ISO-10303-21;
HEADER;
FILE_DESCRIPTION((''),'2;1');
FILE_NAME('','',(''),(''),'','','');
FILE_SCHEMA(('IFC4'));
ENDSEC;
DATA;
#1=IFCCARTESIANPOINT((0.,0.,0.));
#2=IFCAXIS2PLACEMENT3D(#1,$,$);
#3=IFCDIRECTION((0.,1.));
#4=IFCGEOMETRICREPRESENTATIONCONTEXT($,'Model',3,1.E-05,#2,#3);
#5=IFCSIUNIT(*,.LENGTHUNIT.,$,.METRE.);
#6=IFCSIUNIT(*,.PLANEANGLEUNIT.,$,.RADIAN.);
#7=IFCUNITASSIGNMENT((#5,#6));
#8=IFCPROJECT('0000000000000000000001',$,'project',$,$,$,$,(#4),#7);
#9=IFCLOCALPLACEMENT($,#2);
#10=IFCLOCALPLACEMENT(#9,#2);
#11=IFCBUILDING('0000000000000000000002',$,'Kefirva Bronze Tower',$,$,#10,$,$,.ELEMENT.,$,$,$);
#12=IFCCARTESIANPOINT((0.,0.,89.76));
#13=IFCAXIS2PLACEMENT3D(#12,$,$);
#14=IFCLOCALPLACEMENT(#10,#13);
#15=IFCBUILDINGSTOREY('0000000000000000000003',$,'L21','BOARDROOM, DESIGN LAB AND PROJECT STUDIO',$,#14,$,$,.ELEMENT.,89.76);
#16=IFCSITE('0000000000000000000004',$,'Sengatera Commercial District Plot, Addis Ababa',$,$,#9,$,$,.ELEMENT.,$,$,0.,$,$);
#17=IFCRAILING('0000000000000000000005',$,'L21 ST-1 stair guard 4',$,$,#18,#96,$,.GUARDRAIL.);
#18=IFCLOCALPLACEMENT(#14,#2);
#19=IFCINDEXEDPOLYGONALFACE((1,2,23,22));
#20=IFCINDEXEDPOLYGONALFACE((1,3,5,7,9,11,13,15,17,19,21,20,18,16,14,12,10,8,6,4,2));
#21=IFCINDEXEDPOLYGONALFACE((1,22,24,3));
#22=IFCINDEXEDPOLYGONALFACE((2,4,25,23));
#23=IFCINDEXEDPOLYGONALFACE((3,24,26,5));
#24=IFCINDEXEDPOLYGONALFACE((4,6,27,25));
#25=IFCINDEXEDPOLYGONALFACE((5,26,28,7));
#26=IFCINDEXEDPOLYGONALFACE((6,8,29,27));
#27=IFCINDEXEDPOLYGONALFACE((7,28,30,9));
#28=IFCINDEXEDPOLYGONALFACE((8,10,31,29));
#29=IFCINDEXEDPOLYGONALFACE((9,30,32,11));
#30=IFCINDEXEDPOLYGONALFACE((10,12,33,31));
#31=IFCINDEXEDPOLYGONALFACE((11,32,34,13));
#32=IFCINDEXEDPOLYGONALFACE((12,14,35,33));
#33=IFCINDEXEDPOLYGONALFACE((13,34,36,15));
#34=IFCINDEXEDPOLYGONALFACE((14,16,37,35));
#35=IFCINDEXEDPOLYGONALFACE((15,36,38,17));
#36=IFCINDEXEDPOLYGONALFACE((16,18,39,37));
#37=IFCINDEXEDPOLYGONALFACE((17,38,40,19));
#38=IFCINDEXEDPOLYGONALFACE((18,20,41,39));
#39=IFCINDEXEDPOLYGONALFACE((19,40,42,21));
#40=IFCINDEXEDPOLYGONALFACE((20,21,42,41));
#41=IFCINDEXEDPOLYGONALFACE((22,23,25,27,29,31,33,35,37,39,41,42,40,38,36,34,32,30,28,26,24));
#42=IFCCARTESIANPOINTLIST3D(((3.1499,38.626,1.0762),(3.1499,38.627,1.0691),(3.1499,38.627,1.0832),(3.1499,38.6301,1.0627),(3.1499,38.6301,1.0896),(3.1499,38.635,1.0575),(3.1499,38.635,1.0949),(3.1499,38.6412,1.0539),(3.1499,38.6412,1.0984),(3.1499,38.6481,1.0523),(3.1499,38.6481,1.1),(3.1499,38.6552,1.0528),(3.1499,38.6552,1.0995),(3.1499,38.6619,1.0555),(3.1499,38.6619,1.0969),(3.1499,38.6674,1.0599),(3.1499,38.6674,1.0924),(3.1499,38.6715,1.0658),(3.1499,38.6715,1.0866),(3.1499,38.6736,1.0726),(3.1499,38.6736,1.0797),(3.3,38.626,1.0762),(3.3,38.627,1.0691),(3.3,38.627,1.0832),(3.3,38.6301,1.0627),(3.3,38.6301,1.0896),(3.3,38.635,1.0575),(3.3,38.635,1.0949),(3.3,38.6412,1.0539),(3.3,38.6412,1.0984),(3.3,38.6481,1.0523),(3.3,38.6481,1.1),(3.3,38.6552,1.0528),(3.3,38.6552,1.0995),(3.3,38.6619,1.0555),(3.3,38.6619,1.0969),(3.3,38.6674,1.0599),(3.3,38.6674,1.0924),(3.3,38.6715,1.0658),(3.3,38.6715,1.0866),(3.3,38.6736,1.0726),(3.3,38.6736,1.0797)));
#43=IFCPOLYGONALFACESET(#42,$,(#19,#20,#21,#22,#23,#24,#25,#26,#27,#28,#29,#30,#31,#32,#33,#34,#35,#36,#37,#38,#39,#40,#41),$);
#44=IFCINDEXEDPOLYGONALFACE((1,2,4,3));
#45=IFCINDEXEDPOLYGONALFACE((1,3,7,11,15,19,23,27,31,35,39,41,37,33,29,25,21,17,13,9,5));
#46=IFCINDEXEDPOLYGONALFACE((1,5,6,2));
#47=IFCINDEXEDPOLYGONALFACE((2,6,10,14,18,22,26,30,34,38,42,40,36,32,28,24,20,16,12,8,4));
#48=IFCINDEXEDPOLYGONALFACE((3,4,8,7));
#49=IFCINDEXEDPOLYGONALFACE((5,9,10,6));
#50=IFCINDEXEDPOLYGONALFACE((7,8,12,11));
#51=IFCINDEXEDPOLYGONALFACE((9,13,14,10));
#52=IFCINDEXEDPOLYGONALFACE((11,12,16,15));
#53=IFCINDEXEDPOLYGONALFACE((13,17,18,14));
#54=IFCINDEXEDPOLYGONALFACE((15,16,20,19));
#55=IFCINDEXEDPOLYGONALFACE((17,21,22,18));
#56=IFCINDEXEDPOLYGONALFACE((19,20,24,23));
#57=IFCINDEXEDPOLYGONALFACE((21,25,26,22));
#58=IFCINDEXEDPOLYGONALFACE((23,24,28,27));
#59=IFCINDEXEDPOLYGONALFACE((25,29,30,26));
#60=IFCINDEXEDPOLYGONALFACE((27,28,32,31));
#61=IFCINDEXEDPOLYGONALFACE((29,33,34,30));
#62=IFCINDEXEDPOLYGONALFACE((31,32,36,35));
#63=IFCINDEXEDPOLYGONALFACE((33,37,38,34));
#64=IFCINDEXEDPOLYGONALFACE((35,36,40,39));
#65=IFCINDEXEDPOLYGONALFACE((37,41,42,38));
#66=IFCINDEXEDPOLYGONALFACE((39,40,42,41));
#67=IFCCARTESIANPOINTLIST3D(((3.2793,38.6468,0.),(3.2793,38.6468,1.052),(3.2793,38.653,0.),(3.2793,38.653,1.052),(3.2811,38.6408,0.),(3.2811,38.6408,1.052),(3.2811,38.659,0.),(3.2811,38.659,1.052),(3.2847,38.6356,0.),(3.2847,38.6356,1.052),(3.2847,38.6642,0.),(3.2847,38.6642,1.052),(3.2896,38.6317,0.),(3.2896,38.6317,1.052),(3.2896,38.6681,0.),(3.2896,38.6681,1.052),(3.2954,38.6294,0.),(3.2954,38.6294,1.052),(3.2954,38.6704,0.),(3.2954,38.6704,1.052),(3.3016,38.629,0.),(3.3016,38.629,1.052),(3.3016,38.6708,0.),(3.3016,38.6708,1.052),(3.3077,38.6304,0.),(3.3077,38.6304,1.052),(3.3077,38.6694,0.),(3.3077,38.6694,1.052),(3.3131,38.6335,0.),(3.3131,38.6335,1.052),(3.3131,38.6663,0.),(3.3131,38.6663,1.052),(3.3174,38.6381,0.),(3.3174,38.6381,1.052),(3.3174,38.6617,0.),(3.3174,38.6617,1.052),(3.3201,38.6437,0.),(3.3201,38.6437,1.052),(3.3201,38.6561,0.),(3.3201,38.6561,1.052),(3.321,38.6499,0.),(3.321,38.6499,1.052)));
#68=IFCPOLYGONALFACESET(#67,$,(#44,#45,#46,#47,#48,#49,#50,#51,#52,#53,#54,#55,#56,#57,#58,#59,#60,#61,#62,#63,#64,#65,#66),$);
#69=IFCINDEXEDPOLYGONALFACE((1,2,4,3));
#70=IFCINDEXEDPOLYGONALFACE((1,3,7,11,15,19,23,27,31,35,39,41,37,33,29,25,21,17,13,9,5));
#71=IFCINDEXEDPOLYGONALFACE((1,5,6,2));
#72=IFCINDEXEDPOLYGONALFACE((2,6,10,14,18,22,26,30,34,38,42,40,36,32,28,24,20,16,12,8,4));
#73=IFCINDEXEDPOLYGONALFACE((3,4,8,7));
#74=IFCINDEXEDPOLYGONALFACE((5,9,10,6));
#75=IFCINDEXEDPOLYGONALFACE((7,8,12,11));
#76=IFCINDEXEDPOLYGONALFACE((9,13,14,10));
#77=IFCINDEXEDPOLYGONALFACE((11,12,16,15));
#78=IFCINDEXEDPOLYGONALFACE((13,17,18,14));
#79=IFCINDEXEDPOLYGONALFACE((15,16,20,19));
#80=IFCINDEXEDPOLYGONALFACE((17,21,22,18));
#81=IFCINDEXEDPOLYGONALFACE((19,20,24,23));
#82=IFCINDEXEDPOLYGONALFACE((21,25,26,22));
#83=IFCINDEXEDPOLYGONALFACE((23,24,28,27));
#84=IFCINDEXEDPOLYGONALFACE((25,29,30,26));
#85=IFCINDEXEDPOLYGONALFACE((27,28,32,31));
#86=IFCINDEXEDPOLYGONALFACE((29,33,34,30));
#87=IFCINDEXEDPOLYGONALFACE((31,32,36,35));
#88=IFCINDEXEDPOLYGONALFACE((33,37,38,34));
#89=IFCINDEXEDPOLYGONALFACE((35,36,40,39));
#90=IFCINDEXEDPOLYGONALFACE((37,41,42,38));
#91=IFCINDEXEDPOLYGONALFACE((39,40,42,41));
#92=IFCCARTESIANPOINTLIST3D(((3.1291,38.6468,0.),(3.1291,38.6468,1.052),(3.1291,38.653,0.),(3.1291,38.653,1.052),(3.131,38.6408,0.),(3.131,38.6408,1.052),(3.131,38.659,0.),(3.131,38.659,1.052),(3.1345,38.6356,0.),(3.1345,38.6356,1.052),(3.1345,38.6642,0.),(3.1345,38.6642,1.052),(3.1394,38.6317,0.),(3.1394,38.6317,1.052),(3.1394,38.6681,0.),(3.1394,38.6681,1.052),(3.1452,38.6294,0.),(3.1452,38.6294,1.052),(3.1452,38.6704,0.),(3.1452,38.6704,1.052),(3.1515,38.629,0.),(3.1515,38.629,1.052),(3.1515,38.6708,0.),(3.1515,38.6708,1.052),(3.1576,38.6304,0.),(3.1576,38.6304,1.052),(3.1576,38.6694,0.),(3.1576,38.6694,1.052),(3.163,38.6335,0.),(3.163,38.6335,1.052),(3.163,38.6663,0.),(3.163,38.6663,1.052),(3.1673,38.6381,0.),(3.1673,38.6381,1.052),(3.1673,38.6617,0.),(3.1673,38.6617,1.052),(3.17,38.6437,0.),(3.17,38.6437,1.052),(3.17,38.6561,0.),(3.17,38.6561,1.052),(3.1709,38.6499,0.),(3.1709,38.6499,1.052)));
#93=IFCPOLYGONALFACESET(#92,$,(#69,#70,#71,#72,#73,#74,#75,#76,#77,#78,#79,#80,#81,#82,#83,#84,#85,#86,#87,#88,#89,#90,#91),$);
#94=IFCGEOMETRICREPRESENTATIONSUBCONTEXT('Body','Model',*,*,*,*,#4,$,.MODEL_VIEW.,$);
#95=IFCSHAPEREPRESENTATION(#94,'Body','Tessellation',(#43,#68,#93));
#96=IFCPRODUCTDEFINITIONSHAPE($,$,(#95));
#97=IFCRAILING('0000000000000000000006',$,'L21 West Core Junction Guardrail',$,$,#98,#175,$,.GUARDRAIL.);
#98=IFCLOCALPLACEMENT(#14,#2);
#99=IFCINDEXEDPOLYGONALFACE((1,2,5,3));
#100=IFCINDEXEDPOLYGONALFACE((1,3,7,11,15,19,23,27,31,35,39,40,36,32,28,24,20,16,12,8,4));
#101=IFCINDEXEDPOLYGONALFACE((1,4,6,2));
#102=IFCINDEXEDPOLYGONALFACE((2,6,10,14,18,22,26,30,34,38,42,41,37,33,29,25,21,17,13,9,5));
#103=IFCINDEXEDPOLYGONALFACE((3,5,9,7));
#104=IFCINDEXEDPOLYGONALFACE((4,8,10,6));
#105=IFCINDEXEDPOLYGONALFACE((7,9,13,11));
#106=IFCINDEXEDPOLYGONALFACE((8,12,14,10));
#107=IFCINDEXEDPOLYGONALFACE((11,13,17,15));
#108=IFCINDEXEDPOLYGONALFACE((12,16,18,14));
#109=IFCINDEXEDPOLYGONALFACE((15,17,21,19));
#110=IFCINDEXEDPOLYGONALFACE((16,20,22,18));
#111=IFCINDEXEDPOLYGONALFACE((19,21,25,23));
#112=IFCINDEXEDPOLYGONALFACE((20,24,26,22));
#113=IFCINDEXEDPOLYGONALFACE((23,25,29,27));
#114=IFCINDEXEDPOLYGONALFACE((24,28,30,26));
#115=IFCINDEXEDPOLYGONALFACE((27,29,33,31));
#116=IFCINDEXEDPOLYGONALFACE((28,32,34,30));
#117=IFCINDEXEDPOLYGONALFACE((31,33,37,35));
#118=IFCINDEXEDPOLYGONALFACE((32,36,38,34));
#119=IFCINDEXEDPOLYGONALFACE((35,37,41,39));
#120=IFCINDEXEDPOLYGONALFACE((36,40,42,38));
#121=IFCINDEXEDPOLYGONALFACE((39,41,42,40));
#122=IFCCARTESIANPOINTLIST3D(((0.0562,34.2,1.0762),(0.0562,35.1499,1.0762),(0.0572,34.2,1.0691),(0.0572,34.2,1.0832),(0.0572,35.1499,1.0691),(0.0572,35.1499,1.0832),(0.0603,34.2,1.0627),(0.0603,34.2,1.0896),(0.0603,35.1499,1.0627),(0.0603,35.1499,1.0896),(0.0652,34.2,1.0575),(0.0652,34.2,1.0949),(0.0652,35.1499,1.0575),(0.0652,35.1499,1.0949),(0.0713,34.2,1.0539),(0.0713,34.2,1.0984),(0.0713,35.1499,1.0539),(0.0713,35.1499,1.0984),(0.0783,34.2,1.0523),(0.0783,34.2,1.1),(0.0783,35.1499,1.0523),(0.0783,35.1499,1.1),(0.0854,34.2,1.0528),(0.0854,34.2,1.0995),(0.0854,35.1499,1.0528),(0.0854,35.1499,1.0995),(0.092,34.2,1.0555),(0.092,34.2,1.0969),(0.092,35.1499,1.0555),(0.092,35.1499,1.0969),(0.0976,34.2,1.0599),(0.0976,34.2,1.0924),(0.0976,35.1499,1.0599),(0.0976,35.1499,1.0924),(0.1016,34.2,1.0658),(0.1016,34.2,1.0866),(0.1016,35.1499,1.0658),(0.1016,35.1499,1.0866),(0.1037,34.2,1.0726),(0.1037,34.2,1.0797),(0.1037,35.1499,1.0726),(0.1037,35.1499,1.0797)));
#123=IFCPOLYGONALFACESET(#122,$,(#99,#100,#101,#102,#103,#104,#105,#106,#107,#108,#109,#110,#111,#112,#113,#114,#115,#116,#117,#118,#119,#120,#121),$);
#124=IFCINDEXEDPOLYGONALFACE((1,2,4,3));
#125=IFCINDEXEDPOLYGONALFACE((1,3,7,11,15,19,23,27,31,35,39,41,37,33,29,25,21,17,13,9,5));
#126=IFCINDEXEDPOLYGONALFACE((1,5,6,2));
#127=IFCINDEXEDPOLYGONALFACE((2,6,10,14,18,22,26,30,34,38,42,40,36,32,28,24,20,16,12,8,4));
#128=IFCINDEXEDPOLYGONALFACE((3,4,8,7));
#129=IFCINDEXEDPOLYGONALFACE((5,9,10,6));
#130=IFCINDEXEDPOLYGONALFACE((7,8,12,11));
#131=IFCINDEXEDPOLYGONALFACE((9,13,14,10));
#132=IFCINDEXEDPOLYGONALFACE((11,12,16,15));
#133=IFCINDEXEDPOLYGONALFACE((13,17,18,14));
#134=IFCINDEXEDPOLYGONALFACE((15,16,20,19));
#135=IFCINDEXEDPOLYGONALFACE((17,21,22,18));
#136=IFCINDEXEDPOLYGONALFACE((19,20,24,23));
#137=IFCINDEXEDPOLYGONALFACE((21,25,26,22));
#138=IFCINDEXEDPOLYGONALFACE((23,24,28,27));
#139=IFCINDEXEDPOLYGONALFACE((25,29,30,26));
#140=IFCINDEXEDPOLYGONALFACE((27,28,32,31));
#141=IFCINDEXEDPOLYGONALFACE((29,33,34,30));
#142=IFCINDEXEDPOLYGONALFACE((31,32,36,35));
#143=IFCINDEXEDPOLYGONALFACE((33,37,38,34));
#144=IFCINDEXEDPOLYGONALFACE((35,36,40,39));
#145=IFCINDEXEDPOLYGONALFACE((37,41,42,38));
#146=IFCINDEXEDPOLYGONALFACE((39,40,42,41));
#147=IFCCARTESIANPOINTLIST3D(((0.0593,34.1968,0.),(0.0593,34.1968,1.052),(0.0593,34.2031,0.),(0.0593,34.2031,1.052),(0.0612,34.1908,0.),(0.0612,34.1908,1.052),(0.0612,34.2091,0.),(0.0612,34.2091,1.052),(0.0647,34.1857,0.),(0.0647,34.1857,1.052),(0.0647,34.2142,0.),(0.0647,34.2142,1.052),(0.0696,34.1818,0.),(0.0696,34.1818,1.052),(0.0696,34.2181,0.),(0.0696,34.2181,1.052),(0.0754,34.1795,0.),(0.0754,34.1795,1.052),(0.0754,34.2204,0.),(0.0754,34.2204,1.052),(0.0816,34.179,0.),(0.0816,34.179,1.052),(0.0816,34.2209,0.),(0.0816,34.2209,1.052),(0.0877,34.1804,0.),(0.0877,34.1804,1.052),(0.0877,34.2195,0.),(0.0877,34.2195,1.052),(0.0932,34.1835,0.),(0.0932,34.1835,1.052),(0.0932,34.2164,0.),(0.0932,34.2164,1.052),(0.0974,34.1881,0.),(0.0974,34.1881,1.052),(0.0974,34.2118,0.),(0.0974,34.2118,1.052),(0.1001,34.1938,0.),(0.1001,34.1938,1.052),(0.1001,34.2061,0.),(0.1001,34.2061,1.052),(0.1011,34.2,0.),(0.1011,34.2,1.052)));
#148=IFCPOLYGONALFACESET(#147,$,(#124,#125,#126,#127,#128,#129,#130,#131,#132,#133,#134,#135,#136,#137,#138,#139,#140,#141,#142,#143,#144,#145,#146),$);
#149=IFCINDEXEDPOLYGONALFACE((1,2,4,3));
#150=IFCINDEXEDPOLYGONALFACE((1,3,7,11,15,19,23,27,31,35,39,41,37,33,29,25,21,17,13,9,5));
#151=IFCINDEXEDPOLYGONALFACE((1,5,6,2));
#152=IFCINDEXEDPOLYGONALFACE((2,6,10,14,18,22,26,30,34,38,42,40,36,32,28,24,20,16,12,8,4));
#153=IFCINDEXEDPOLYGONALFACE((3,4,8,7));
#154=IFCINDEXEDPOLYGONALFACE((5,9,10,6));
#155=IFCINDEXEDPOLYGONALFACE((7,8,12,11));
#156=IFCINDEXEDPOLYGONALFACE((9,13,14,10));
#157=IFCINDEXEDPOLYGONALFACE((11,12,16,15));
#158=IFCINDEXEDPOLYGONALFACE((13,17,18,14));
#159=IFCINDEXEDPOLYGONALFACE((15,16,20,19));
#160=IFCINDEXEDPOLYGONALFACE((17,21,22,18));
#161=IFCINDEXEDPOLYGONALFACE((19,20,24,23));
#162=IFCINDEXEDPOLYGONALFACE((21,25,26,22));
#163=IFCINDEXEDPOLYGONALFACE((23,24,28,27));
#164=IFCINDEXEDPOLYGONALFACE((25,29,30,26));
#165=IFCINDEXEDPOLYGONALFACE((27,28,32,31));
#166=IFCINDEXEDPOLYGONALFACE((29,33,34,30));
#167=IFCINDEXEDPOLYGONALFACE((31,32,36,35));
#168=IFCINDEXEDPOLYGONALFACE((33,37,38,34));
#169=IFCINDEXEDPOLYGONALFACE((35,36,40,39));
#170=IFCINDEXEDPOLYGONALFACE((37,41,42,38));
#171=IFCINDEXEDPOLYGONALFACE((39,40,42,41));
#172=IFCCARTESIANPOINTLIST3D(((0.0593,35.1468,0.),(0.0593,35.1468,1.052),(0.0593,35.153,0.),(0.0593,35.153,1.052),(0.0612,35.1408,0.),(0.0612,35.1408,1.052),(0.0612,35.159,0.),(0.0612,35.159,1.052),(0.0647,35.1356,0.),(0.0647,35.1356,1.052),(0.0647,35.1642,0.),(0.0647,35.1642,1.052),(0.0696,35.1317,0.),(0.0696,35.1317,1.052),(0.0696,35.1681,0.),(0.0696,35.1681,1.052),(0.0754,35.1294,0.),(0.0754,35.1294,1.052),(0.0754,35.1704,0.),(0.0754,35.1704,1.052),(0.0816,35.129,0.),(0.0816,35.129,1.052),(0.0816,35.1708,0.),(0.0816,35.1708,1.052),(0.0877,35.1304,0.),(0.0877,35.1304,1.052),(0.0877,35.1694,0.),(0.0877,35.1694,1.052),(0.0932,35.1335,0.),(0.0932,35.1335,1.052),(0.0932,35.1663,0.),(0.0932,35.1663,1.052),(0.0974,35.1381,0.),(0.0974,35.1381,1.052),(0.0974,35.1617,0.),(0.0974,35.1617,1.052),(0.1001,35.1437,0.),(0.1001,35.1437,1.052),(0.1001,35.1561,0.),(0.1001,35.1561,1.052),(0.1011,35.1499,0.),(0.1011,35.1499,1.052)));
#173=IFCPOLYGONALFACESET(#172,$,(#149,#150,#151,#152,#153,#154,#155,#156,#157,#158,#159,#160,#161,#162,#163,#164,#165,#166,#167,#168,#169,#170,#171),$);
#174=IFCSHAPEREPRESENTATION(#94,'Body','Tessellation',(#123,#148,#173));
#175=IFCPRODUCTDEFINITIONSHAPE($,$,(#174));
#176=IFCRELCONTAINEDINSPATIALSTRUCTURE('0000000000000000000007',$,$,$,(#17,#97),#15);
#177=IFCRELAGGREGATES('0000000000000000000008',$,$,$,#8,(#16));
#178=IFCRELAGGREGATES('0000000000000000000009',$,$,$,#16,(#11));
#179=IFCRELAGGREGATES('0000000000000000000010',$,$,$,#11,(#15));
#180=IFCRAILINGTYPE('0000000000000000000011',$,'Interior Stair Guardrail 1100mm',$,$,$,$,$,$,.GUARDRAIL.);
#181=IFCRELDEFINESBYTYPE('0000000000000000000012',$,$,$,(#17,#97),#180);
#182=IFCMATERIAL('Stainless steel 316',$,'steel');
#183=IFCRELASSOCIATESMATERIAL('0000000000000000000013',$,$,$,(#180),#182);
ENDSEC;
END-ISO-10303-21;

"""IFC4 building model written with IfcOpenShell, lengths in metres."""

from ifc_helpers import new_model, si_unit, direction, frame, origin, origin_2d, place, context, subcontext, project, spatial, circle, extrude, material, type_object, element, save


model = new_model("IFC4")

# Units and contexts
model_context = context("Model", 3, precision=1e-05, world=origin(), true_north=direction((0.0, 1.0)))
body_context = subcontext(model_context, "Body", "Model", "MODEL_VIEW")
ifc_project = project(units=[si_unit("LENGTHUNIT", "METRE"), si_unit("PLANEANGLEUNIT", "RADIAN")], contexts=[model_context])

# Site, building, storey
site_placement = place(None, origin())
site = spatial("IfcSite", under=ifc_project, at=site_placement, Name="Sengatera Commercial District Plot, Addis Ababa", CompositionType="ELEMENT", RefElevation=0.0)
building_placement = place(site_placement, origin())
building = spatial("IfcBuilding", under=site, at=building_placement, Name="Kefirva Bronze Tower", CompositionType="ELEMENT")
storey_placement = place(building_placement, frame((0.0, 0.0, 89.76)))
storey = spatial("IfcBuildingStorey", under=building, at=storey_placement, Name="L21", Description="BOARDROOM, DESIGN LAB AND PROJECT STUDIO", CompositionType="ELEMENT", Elevation=89.76)

# Railings
ifc_material_1 = material(Name="Stainless steel 316", Category="steel")
railing_type_1 = type_object("IfcRailingType", Name="Interior Stair Guardrail 1100mm", PredefinedType="GUARDRAIL", material=ifc_material_1)
railing_1_placement = place(storey_placement, frame((3.3, 38.6499, 0.0)))
element("IfcRailing", 1, at=railing_1_placement, inside=storey, type_object=railing_type_1, Name="L21 ST-1 stair guard 4", PredefinedType="GUARDRAIL", context=body_context, shape_type="SweptSolid", body=[
    extrude(circle(Radius=0.0239, at=origin_2d()), frame((0.0, 0.0, 1.0762), z_axis=(-1.0, 0.0, 0.0), x_axis=(0.0, -1.0, 0.0)), (0.0, 0.0, 1.0), 0.1501),
    extrude(circle(Radius=0.021, at=origin_2d()), origin(), (0.0, 0.0, 1.0), 1.052),
    extrude(circle(Radius=0.021, at=origin_2d()), frame((-0.1501, 0.0, 0.0)), (0.0, 0.0, 1.0), 1.052),
])
railing_2_placement = place(storey_placement, frame((0.0801, 34.2, 0.0)))
element("IfcRailing", 2, at=railing_2_placement, inside=storey, type_object=railing_type_1, Name="L21 West Core Junction Guardrail", PredefinedType="GUARDRAIL", context=body_context, shape_type="SweptSolid", body=[
    extrude(circle(Radius=0.0239, at=origin_2d()), frame((0.0, 0.0, 1.0762), z_axis=(0.0, 1.0, 0.0), x_axis=(-1.0, 0.0, 0.0)), (0.0, 0.0, 1.0), 0.95),
    extrude(circle(Radius=0.021, at=origin_2d()), origin(), (0.0, 0.0, 1.0), 1.052),
    extrude(circle(Radius=0.021, at=origin_2d()), frame((0.0, 0.95, 0.0)), (0.0, 0.0, 1.0), 1.052),
])

save(model, "model.ifc")
